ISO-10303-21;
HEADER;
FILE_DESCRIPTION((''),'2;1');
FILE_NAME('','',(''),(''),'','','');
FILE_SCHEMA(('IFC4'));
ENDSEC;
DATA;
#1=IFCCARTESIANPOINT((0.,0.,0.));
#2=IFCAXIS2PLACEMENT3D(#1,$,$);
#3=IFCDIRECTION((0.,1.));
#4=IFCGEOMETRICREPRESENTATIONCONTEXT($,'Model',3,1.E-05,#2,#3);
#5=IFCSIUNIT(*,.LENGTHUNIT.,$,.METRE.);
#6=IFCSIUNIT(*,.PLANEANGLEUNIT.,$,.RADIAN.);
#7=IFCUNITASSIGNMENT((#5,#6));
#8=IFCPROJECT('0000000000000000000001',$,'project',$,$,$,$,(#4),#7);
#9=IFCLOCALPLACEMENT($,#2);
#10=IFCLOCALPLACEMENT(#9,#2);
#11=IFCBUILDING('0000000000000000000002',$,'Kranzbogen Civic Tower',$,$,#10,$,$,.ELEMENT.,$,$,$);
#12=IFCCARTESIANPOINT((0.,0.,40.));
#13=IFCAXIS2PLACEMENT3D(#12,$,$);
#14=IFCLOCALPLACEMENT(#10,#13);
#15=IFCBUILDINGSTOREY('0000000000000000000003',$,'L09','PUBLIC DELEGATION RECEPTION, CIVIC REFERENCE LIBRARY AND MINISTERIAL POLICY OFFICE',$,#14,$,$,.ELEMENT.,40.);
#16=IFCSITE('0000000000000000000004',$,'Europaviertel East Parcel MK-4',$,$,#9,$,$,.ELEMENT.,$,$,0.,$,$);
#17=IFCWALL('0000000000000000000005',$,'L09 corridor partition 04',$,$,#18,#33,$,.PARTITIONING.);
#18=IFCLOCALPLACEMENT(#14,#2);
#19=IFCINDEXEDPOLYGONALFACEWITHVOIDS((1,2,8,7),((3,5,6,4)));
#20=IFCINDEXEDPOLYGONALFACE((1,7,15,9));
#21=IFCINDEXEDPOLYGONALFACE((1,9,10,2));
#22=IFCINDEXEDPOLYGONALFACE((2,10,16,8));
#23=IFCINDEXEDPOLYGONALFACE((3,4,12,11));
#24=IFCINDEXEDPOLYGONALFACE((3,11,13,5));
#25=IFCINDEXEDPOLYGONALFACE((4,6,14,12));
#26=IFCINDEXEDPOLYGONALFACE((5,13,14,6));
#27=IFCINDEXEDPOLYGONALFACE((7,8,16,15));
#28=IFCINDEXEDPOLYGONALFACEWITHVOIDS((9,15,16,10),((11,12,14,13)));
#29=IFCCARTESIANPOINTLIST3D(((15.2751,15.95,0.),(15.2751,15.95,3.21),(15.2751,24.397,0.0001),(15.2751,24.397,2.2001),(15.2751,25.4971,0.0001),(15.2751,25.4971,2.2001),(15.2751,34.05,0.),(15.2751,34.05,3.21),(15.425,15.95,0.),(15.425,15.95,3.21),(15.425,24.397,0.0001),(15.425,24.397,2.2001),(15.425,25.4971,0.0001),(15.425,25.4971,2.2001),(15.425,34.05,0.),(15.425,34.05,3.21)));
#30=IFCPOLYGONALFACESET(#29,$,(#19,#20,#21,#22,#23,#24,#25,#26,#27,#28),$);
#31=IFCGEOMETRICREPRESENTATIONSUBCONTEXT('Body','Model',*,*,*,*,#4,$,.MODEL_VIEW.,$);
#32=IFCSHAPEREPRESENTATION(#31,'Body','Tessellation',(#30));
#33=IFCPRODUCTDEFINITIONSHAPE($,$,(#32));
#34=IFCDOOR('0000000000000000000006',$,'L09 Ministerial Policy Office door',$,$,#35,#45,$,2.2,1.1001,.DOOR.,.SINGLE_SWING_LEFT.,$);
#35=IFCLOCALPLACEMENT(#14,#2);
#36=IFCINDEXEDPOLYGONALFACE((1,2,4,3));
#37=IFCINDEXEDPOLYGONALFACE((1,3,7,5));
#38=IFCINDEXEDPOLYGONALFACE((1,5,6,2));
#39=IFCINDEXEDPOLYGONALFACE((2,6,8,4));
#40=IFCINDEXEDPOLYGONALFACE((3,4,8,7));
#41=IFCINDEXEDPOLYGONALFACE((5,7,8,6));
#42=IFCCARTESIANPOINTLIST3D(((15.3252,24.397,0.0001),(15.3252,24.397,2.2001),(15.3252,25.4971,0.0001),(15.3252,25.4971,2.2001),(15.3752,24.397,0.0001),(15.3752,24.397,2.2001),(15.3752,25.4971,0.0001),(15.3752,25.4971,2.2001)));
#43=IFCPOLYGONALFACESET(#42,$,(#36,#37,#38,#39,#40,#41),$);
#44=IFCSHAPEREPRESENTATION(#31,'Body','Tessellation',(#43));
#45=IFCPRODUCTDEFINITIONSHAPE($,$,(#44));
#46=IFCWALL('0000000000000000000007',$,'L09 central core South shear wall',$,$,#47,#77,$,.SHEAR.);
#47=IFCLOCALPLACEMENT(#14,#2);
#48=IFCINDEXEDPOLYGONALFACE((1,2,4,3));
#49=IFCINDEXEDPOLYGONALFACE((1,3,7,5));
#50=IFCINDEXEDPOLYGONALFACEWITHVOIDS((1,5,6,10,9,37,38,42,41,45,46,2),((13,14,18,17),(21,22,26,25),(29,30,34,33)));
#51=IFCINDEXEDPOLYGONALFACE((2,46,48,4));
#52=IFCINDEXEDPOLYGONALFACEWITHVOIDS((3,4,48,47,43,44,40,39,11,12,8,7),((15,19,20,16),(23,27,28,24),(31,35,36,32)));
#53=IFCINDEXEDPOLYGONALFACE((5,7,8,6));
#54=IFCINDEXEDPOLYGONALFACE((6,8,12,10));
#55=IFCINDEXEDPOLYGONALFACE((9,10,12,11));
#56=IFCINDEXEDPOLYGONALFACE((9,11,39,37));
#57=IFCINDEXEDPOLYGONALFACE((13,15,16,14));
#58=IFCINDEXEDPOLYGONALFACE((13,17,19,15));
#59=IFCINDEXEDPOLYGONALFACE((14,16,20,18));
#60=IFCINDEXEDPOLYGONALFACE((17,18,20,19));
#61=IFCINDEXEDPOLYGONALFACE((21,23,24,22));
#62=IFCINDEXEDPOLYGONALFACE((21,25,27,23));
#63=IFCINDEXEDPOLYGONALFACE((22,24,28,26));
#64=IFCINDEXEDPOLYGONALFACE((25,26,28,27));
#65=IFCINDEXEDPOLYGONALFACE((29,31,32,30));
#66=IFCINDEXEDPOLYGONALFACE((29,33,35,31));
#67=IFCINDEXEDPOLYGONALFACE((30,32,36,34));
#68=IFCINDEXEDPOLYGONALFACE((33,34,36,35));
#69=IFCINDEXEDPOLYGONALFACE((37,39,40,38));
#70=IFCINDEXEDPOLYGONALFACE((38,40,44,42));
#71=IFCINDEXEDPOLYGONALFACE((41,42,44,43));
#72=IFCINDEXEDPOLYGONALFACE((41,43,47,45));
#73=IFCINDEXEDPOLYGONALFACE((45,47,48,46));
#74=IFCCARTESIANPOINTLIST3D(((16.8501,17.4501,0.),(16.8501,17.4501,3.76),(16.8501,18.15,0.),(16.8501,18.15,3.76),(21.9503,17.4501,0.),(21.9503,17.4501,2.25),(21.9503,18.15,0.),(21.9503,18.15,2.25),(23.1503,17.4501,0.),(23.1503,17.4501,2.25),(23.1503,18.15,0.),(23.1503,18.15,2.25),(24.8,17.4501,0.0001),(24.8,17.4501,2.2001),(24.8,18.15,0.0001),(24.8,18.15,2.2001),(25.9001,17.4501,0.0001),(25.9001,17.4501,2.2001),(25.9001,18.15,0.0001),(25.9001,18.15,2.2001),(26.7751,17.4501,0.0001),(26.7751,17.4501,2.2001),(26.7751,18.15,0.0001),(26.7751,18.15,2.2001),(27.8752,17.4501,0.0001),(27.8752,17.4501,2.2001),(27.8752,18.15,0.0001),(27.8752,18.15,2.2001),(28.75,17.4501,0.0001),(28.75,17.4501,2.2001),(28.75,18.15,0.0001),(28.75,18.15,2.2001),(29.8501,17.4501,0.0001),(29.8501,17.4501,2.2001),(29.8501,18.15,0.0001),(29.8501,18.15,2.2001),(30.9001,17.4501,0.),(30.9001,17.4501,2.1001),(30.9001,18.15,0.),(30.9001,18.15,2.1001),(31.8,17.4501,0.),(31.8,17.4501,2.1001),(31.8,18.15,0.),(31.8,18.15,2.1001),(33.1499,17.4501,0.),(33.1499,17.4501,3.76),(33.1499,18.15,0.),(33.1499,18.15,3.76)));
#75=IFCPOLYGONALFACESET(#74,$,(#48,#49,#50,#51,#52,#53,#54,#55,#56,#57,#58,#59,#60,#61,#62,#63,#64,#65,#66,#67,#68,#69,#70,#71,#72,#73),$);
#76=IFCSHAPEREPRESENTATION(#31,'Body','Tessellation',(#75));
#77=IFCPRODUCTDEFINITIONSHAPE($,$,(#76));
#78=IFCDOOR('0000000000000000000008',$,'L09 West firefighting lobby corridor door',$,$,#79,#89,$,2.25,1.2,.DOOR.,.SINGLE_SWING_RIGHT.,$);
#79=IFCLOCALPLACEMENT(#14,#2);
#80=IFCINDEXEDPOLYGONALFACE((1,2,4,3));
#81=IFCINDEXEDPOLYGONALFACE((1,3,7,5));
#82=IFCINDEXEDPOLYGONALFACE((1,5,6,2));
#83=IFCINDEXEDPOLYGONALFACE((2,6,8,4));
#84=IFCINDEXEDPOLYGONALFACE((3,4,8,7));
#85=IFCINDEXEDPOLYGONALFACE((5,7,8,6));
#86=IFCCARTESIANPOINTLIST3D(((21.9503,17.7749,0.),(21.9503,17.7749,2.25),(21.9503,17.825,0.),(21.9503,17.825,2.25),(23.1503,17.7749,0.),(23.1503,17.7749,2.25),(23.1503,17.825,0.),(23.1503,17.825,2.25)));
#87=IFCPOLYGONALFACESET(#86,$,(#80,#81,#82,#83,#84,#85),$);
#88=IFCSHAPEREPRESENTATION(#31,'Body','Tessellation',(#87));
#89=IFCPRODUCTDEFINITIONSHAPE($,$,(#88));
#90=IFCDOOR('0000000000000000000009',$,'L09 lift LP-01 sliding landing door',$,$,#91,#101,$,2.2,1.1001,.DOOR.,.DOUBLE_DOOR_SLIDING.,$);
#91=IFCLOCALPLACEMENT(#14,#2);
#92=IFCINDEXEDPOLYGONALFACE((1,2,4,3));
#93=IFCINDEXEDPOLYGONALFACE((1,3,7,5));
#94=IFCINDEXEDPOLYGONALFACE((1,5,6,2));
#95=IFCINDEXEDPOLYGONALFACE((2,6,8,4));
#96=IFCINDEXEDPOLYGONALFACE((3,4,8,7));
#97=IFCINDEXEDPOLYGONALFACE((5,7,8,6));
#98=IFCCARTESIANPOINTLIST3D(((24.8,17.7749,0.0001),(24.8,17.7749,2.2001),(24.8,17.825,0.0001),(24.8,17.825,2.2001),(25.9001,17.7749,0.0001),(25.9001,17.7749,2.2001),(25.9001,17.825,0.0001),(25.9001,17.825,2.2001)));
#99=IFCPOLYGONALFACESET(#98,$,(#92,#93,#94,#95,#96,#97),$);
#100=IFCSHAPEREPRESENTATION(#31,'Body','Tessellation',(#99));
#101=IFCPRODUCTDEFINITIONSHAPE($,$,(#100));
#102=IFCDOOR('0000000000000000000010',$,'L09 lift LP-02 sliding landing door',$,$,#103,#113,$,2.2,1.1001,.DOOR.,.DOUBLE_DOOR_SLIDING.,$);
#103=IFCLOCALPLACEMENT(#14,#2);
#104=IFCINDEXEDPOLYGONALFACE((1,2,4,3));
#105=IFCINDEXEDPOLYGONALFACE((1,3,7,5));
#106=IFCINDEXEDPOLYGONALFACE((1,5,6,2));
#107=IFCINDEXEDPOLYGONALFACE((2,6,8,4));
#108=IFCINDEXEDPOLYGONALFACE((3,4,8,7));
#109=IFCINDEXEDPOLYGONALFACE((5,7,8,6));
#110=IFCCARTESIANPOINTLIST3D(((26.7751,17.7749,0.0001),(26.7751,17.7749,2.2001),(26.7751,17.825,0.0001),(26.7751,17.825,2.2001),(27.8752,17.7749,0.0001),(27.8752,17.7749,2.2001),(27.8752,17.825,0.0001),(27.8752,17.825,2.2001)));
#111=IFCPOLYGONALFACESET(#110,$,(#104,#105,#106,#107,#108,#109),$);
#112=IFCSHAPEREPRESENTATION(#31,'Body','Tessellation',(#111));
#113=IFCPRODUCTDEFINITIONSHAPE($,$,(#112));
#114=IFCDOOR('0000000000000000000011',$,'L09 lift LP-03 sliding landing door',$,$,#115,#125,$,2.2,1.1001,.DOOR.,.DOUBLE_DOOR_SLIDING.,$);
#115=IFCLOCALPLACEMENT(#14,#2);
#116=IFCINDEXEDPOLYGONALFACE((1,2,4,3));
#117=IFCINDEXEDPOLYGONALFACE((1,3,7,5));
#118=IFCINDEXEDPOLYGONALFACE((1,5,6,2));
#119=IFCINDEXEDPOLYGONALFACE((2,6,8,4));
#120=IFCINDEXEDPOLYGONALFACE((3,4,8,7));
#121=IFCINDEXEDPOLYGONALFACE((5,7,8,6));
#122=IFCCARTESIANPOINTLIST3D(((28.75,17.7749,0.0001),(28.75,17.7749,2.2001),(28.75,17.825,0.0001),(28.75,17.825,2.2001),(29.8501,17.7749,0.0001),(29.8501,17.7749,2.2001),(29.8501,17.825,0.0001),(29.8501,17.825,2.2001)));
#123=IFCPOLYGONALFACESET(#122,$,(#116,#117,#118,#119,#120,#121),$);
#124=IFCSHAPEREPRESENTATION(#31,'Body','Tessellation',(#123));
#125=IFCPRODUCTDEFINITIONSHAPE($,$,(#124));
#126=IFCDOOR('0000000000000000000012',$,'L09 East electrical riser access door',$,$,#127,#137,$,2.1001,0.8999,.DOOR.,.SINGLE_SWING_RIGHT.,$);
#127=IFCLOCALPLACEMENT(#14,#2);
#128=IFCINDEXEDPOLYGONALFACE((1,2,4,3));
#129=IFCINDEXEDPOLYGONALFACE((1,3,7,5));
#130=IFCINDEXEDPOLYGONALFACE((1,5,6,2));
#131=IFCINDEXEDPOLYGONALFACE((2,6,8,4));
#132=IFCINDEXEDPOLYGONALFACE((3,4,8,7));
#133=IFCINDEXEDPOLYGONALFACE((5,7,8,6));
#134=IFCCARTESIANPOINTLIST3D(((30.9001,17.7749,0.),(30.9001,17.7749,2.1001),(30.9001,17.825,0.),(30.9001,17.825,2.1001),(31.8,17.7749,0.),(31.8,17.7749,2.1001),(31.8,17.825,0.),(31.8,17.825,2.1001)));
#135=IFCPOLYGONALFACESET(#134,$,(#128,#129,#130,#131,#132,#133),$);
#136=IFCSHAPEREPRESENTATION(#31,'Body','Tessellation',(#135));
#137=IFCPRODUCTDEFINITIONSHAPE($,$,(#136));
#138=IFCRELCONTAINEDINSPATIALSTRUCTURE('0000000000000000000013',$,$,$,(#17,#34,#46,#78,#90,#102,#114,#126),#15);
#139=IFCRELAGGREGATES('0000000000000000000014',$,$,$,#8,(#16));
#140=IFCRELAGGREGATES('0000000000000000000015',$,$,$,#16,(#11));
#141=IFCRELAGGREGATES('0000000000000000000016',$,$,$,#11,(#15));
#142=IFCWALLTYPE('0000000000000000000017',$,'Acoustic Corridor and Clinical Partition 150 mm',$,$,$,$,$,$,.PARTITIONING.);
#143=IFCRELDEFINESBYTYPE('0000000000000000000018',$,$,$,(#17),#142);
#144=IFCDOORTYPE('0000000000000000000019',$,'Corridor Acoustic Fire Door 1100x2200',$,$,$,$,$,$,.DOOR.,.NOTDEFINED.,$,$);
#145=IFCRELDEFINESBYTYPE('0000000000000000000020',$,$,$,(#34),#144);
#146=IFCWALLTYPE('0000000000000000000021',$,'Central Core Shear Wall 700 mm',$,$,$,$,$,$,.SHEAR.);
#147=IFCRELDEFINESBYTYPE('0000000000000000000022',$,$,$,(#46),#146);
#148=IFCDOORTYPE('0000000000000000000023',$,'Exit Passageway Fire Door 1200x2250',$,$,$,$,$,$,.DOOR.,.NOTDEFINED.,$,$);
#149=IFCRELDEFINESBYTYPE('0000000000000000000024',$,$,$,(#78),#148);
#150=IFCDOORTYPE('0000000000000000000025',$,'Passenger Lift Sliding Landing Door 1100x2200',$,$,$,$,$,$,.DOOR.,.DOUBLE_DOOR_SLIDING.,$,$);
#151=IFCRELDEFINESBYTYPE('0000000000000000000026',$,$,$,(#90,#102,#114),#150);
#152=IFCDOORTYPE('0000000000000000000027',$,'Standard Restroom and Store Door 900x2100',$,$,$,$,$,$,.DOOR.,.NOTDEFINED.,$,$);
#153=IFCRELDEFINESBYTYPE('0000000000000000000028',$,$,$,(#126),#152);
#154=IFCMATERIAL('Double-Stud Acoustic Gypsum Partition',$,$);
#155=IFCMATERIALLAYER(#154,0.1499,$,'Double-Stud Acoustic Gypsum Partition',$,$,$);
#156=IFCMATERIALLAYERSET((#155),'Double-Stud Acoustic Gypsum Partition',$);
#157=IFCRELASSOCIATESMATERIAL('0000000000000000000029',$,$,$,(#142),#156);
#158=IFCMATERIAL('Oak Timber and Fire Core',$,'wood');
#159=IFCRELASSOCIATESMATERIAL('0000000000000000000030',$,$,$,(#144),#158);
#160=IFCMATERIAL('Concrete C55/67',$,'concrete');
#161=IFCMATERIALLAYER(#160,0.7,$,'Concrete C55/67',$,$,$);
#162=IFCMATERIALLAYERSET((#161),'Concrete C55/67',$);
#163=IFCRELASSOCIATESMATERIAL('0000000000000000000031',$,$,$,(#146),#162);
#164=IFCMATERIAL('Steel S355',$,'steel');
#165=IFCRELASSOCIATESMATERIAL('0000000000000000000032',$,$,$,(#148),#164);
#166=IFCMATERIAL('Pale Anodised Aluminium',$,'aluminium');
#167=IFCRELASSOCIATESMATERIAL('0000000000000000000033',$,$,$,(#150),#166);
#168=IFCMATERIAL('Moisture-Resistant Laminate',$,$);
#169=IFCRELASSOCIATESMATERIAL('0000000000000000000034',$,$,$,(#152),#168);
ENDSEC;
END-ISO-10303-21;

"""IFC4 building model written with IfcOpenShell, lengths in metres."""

from ifc_helpers import new_model, si_unit, direction, frame, frame_2d, origin, place, context, subcontext, project, spatial, rectangle, extrude, material, layer, layer_set, type_object, element, fill, save


model = new_model("IFC4")

# Units and contexts
model_context = context("Model", 3, precision=1e-05, world=origin(), true_north=direction((0.0, 1.0)))
body_context = subcontext(model_context, "Body", "Model", "MODEL_VIEW")
ifc_project = project(units=[si_unit("LENGTHUNIT", "METRE"), si_unit("PLANEANGLEUNIT", "RADIAN")], contexts=[model_context])

# Site, building, storey
site_placement = place(None, origin())
site = spatial("IfcSite", under=ifc_project, at=site_placement, Name="Europaviertel East Parcel MK-4", CompositionType="ELEMENT", RefElevation=0.0)
building_placement = place(site_placement, origin())
building = spatial("IfcBuilding", under=site, at=building_placement, Name="Kranzbogen Civic Tower", CompositionType="ELEMENT")
storey_placement = place(building_placement, frame((0.0, 0.0, 40.0)))
storey = spatial("IfcBuildingStorey", under=building, at=storey_placement, Name="L09", Description="PUBLIC DELEGATION RECEPTION, CIVIC REFERENCE LIBRARY AND MINISTERIAL POLICY OFFICE", CompositionType="ELEMENT", Elevation=40.0)

# Shared definitions
ifc_material_1 = material(Name="Steel S355", Category="steel")

# Wall, opening, door
ifc_material_2 = material(Name="Double-Stud Acoustic Gypsum Partition")
ifc_layer_1 = layer(ifc_material_2, 0.1499, Name="Double-Stud Acoustic Gypsum Partition")
ifc_layer_set_1 = layer_set([ifc_layer_1], Name="Double-Stud Acoustic Gypsum Partition")
wall_type_1 = type_object("IfcWallType", Name="Acoustic Corridor and Clinical Partition 150 mm", PredefinedType="PARTITIONING", material=ifc_layer_set_1)
wall_1_placement = place(storey_placement, frame((15.3501, 15.95, 0.0), z_axis=(0.0, 0.0, 1.0), x_axis=(0.0, 1.0, 0.0)))
wall_1 = element("IfcWall", 1, at=wall_1_placement, inside=storey, type_object=wall_type_1, Name="L09 corridor partition 04", PredefinedType="PARTITIONING", context=body_context, shape_type="SweptSolid", body=[
    extrude(rectangle(XDim=18.1001, YDim=0.1499, at=frame_2d((9.05, 0.0))), origin(), (0.0, 0.0, 1.0), 3.21),
])
opening_1_placement = place(wall_1_placement, frame((8.447, 0.0, 0.0)))
opening_1 = element("IfcOpeningElement", 2, at=opening_1_placement, cuts=wall_1, PredefinedType="OPENING", context=body_context, shape_type="SweptSolid", body=[
    extrude(rectangle(XDim=1.1001, YDim=2.2, at=frame_2d((0.55, 1.1001))), frame((0.0, 0.085, 0.0), z_axis=(0.0, -1.0, 0.0), x_axis=(1.0, 0.0, 0.0)), (0.0, 0.0, 1.0), 0.1699),
])
ifc_material_3 = material(Name="Oak Timber and Fire Core", Category="wood")
door_type_1 = type_object("IfcDoorType", Name="Corridor Acoustic Fire Door 1100x2200", OperationType="NOTDEFINED", PredefinedType="DOOR", material=ifc_material_3)
door_1_placement = place(opening_1_placement, origin())
door_1 = element("IfcDoor", 3, at=door_1_placement, inside=storey, type_object=door_type_1, Name="L09 Ministerial Policy Office door", OperationType="SINGLE_SWING_LEFT", OverallHeight=2.2, OverallWidth=1.1001, PredefinedType="DOOR", context=body_context, shape_type="SweptSolid", body=[
    extrude(rectangle(XDim=1.1001, YDim=2.2, at=frame_2d((0.55, 1.1001))), frame((0.0, 0.0249, 0.0), z_axis=(0.0, -1.0, 0.0), x_axis=(1.0, 0.0, 0.0)), (0.0, 0.0, 1.0), 0.05),
])
fill(opening_1, door_1)

# Wall, openings, doors
ifc_material_4 = material(Name="Concrete C55/67", Category="concrete")
ifc_layer_2 = layer(ifc_material_4, 0.7, Name="Concrete C55/67")
ifc_layer_set_2 = layer_set([ifc_layer_2], Name="Concrete C55/67")
wall_type_2 = type_object("IfcWallType", Name="Central Core Shear Wall 700 mm", PredefinedType="SHEAR", material=ifc_layer_set_2)
wall_2_placement = place(storey_placement, frame((16.8501, 17.8, 0.0), z_axis=(0.0, 0.0, 1.0), x_axis=(1.0, 0.0, 0.0)))
wall_2 = element("IfcWall", 4, at=wall_2_placement, inside=storey, type_object=wall_type_2, Name="L09 central core South shear wall", PredefinedType="SHEAR", context=body_context, shape_type="SweptSolid", body=[
    extrude(rectangle(XDim=16.2998, YDim=0.7, at=frame_2d((8.1499, 0.0))), origin(), (0.0, 0.0, 1.0), 3.76),
])
opening_2_placement = place(wall_2_placement, frame((5.1001, 0.0, 0.0)))
opening_2 = element("IfcOpeningElement", 5, at=opening_2_placement, cuts=wall_2, PredefinedType="OPENING", context=body_context, shape_type="SweptSolid", body=[
    extrude(rectangle(XDim=1.2, YDim=2.25, at=frame_2d((0.6001, 1.125))), frame((0.0, 0.3599, 0.0), z_axis=(0.0, -1.0, 0.0), x_axis=(1.0, 0.0, 0.0)), (0.0, 0.0, 1.0), 0.72),
])
opening_3_placement = place(wall_2_placement, frame((14.05, 0.0, 0.0)))
opening_3 = element("IfcOpeningElement", 6, at=opening_3_placement, cuts=wall_2, PredefinedType="OPENING", context=body_context, shape_type="SweptSolid", body=[
    extrude(rectangle(XDim=0.8999, YDim=2.1001, at=frame_2d((0.45, 1.05))), frame((0.0, 0.3599, 0.0), z_axis=(0.0, -1.0, 0.0), x_axis=(1.0, 0.0, 0.0)), (0.0, 0.0, 1.0), 0.72),
])
opening_4_placement = place(wall_2_placement, frame((7.95, 0.0, 0.0)))
opening_4 = element("IfcOpeningElement", 7, at=opening_4_placement, cuts=wall_2, PredefinedType="OPENING", context=body_context, shape_type="SweptSolid", body=[
    extrude(rectangle(XDim=1.1001, YDim=2.2, at=frame_2d((0.55, 1.1001))), frame((0.0, 0.3599, 0.0), z_axis=(0.0, -1.0, 0.0), x_axis=(1.0, 0.0, 0.0)), (0.0, 0.0, 1.0), 0.72),
])
opening_5_placement = place(wall_2_placement, frame((9.925, 0.0, 0.0)))
opening_5 = element("IfcOpeningElement", 8, at=opening_5_placement, cuts=wall_2, PredefinedType="OPENING", context=body_context, shape_type="SweptSolid", body=[
    extrude(rectangle(XDim=1.1001, YDim=2.2, at=frame_2d((0.55, 1.1001))), frame((0.0, 0.3599, 0.0), z_axis=(0.0, -1.0, 0.0), x_axis=(1.0, 0.0, 0.0)), (0.0, 0.0, 1.0), 0.72),
])
opening_6_placement = place(wall_2_placement, frame((11.8999, 0.0, 0.0)))
opening_6 = element("IfcOpeningElement", 9, at=opening_6_placement, cuts=wall_2, PredefinedType="OPENING", context=body_context, shape_type="SweptSolid", body=[
    extrude(rectangle(XDim=1.1001, YDim=2.2, at=frame_2d((0.55, 1.1001))), frame((0.0, 0.3599, 0.0), z_axis=(0.0, -1.0, 0.0), x_axis=(1.0, 0.0, 0.0)), (0.0, 0.0, 1.0), 0.72),
])
door_type_2 = type_object("IfcDoorType", Name="Exit Passageway Fire Door 1200x2250", OperationType="NOTDEFINED", PredefinedType="DOOR", material=ifc_material_1)
door_2_placement = place(opening_2_placement, origin())
door_2 = element("IfcDoor", 10, at=door_2_placement, inside=storey, type_object=door_type_2, Name="L09 West firefighting lobby corridor door", OperationType="SINGLE_SWING_RIGHT", OverallHeight=2.25, OverallWidth=1.2, PredefinedType="DOOR", context=body_context, shape_type="SweptSolid", body=[
    extrude(rectangle(XDim=1.2, YDim=2.25, at=frame_2d((0.6001, 1.125))), frame((0.0, 0.0249, 0.0), z_axis=(0.0, -1.0, 0.0), x_axis=(1.0, 0.0, 0.0)), (0.0, 0.0, 1.0), 0.05),
])
fill(opening_2, door_2)
ifc_material_5 = material(Name="Pale Anodised Aluminium", Category="aluminium")
door_type_3 = type_object("IfcDoorType", Name="Passenger Lift Sliding Landing Door 1100x2200", OperationType="DOUBLE_DOOR_SLIDING", PredefinedType="DOOR", material=ifc_material_5)
door_3_placement = place(opening_4_placement, origin())
door_3 = element("IfcDoor", 11, at=door_3_placement, inside=storey, type_object=door_type_3, Name="L09 lift LP-01 sliding landing door", OperationType="DOUBLE_DOOR_SLIDING", OverallHeight=2.2, OverallWidth=1.1001, PredefinedType="DOOR", context=body_context, shape_type="SweptSolid", body=[
    extrude(rectangle(XDim=1.1001, YDim=2.2, at=frame_2d((0.55, 1.1001))), frame((0.0, 0.0249, 0.0), z_axis=(0.0, -1.0, 0.0), x_axis=(1.0, 0.0, 0.0)), (0.0, 0.0, 1.0), 0.05),
])
fill(opening_4, door_3)
door_4_placement = place(opening_5_placement, origin())
door_4 = element("IfcDoor", 12, at=door_4_placement, inside=storey, type_object=door_type_3, Name="L09 lift LP-02 sliding landing door", OperationType="DOUBLE_DOOR_SLIDING", OverallHeight=2.2, OverallWidth=1.1001, PredefinedType="DOOR", context=body_context, shape_type="SweptSolid", body=[
    extrude(rectangle(XDim=1.1001, YDim=2.2, at=frame_2d((0.55, 1.1001))), frame((0.0, 0.0249, 0.0), z_axis=(0.0, -1.0, 0.0), x_axis=(1.0, 0.0, 0.0)), (0.0, 0.0, 1.0), 0.05),
])
fill(opening_5, door_4)
door_5_placement = place(opening_6_placement, origin())
door_5 = element("IfcDoor", 13, at=door_5_placement, inside=storey, type_object=door_type_3, Name="L09 lift LP-03 sliding landing door", OperationType="DOUBLE_DOOR_SLIDING", OverallHeight=2.2, OverallWidth=1.1001, PredefinedType="DOOR", context=body_context, shape_type="SweptSolid", body=[
    extrude(rectangle(XDim=1.1001, YDim=2.2, at=frame_2d((0.55, 1.1001))), frame((0.0, 0.0249, 0.0), z_axis=(0.0, -1.0, 0.0), x_axis=(1.0, 0.0, 0.0)), (0.0, 0.0, 1.0), 0.05),
])
fill(opening_6, door_5)
ifc_material_6 = material(Name="Moisture-Resistant Laminate")
door_type_4 = type_object("IfcDoorType", Name="Standard Restroom and Store Door 900x2100", OperationType="NOTDEFINED", PredefinedType="DOOR", material=ifc_material_6)
door_6_placement = place(opening_3_placement, origin())
door_6 = element("IfcDoor", 14, at=door_6_placement, inside=storey, type_object=door_type_4, Name="L09 East electrical riser access door", OperationType="SINGLE_SWING_RIGHT", OverallHeight=2.1001, OverallWidth=0.8999, PredefinedType="DOOR", context=body_context, shape_type="SweptSolid", body=[
    extrude(rectangle(XDim=0.8999, YDim=2.1001, at=frame_2d((0.45, 1.05))), frame((0.0, 0.0249, 0.0), z_axis=(0.0, -1.0, 0.0), x_axis=(1.0, 0.0, 0.0)), (0.0, 0.0, 1.0), 0.05),
])
fill(opening_3, door_6)

save(model, "model.ifc")
